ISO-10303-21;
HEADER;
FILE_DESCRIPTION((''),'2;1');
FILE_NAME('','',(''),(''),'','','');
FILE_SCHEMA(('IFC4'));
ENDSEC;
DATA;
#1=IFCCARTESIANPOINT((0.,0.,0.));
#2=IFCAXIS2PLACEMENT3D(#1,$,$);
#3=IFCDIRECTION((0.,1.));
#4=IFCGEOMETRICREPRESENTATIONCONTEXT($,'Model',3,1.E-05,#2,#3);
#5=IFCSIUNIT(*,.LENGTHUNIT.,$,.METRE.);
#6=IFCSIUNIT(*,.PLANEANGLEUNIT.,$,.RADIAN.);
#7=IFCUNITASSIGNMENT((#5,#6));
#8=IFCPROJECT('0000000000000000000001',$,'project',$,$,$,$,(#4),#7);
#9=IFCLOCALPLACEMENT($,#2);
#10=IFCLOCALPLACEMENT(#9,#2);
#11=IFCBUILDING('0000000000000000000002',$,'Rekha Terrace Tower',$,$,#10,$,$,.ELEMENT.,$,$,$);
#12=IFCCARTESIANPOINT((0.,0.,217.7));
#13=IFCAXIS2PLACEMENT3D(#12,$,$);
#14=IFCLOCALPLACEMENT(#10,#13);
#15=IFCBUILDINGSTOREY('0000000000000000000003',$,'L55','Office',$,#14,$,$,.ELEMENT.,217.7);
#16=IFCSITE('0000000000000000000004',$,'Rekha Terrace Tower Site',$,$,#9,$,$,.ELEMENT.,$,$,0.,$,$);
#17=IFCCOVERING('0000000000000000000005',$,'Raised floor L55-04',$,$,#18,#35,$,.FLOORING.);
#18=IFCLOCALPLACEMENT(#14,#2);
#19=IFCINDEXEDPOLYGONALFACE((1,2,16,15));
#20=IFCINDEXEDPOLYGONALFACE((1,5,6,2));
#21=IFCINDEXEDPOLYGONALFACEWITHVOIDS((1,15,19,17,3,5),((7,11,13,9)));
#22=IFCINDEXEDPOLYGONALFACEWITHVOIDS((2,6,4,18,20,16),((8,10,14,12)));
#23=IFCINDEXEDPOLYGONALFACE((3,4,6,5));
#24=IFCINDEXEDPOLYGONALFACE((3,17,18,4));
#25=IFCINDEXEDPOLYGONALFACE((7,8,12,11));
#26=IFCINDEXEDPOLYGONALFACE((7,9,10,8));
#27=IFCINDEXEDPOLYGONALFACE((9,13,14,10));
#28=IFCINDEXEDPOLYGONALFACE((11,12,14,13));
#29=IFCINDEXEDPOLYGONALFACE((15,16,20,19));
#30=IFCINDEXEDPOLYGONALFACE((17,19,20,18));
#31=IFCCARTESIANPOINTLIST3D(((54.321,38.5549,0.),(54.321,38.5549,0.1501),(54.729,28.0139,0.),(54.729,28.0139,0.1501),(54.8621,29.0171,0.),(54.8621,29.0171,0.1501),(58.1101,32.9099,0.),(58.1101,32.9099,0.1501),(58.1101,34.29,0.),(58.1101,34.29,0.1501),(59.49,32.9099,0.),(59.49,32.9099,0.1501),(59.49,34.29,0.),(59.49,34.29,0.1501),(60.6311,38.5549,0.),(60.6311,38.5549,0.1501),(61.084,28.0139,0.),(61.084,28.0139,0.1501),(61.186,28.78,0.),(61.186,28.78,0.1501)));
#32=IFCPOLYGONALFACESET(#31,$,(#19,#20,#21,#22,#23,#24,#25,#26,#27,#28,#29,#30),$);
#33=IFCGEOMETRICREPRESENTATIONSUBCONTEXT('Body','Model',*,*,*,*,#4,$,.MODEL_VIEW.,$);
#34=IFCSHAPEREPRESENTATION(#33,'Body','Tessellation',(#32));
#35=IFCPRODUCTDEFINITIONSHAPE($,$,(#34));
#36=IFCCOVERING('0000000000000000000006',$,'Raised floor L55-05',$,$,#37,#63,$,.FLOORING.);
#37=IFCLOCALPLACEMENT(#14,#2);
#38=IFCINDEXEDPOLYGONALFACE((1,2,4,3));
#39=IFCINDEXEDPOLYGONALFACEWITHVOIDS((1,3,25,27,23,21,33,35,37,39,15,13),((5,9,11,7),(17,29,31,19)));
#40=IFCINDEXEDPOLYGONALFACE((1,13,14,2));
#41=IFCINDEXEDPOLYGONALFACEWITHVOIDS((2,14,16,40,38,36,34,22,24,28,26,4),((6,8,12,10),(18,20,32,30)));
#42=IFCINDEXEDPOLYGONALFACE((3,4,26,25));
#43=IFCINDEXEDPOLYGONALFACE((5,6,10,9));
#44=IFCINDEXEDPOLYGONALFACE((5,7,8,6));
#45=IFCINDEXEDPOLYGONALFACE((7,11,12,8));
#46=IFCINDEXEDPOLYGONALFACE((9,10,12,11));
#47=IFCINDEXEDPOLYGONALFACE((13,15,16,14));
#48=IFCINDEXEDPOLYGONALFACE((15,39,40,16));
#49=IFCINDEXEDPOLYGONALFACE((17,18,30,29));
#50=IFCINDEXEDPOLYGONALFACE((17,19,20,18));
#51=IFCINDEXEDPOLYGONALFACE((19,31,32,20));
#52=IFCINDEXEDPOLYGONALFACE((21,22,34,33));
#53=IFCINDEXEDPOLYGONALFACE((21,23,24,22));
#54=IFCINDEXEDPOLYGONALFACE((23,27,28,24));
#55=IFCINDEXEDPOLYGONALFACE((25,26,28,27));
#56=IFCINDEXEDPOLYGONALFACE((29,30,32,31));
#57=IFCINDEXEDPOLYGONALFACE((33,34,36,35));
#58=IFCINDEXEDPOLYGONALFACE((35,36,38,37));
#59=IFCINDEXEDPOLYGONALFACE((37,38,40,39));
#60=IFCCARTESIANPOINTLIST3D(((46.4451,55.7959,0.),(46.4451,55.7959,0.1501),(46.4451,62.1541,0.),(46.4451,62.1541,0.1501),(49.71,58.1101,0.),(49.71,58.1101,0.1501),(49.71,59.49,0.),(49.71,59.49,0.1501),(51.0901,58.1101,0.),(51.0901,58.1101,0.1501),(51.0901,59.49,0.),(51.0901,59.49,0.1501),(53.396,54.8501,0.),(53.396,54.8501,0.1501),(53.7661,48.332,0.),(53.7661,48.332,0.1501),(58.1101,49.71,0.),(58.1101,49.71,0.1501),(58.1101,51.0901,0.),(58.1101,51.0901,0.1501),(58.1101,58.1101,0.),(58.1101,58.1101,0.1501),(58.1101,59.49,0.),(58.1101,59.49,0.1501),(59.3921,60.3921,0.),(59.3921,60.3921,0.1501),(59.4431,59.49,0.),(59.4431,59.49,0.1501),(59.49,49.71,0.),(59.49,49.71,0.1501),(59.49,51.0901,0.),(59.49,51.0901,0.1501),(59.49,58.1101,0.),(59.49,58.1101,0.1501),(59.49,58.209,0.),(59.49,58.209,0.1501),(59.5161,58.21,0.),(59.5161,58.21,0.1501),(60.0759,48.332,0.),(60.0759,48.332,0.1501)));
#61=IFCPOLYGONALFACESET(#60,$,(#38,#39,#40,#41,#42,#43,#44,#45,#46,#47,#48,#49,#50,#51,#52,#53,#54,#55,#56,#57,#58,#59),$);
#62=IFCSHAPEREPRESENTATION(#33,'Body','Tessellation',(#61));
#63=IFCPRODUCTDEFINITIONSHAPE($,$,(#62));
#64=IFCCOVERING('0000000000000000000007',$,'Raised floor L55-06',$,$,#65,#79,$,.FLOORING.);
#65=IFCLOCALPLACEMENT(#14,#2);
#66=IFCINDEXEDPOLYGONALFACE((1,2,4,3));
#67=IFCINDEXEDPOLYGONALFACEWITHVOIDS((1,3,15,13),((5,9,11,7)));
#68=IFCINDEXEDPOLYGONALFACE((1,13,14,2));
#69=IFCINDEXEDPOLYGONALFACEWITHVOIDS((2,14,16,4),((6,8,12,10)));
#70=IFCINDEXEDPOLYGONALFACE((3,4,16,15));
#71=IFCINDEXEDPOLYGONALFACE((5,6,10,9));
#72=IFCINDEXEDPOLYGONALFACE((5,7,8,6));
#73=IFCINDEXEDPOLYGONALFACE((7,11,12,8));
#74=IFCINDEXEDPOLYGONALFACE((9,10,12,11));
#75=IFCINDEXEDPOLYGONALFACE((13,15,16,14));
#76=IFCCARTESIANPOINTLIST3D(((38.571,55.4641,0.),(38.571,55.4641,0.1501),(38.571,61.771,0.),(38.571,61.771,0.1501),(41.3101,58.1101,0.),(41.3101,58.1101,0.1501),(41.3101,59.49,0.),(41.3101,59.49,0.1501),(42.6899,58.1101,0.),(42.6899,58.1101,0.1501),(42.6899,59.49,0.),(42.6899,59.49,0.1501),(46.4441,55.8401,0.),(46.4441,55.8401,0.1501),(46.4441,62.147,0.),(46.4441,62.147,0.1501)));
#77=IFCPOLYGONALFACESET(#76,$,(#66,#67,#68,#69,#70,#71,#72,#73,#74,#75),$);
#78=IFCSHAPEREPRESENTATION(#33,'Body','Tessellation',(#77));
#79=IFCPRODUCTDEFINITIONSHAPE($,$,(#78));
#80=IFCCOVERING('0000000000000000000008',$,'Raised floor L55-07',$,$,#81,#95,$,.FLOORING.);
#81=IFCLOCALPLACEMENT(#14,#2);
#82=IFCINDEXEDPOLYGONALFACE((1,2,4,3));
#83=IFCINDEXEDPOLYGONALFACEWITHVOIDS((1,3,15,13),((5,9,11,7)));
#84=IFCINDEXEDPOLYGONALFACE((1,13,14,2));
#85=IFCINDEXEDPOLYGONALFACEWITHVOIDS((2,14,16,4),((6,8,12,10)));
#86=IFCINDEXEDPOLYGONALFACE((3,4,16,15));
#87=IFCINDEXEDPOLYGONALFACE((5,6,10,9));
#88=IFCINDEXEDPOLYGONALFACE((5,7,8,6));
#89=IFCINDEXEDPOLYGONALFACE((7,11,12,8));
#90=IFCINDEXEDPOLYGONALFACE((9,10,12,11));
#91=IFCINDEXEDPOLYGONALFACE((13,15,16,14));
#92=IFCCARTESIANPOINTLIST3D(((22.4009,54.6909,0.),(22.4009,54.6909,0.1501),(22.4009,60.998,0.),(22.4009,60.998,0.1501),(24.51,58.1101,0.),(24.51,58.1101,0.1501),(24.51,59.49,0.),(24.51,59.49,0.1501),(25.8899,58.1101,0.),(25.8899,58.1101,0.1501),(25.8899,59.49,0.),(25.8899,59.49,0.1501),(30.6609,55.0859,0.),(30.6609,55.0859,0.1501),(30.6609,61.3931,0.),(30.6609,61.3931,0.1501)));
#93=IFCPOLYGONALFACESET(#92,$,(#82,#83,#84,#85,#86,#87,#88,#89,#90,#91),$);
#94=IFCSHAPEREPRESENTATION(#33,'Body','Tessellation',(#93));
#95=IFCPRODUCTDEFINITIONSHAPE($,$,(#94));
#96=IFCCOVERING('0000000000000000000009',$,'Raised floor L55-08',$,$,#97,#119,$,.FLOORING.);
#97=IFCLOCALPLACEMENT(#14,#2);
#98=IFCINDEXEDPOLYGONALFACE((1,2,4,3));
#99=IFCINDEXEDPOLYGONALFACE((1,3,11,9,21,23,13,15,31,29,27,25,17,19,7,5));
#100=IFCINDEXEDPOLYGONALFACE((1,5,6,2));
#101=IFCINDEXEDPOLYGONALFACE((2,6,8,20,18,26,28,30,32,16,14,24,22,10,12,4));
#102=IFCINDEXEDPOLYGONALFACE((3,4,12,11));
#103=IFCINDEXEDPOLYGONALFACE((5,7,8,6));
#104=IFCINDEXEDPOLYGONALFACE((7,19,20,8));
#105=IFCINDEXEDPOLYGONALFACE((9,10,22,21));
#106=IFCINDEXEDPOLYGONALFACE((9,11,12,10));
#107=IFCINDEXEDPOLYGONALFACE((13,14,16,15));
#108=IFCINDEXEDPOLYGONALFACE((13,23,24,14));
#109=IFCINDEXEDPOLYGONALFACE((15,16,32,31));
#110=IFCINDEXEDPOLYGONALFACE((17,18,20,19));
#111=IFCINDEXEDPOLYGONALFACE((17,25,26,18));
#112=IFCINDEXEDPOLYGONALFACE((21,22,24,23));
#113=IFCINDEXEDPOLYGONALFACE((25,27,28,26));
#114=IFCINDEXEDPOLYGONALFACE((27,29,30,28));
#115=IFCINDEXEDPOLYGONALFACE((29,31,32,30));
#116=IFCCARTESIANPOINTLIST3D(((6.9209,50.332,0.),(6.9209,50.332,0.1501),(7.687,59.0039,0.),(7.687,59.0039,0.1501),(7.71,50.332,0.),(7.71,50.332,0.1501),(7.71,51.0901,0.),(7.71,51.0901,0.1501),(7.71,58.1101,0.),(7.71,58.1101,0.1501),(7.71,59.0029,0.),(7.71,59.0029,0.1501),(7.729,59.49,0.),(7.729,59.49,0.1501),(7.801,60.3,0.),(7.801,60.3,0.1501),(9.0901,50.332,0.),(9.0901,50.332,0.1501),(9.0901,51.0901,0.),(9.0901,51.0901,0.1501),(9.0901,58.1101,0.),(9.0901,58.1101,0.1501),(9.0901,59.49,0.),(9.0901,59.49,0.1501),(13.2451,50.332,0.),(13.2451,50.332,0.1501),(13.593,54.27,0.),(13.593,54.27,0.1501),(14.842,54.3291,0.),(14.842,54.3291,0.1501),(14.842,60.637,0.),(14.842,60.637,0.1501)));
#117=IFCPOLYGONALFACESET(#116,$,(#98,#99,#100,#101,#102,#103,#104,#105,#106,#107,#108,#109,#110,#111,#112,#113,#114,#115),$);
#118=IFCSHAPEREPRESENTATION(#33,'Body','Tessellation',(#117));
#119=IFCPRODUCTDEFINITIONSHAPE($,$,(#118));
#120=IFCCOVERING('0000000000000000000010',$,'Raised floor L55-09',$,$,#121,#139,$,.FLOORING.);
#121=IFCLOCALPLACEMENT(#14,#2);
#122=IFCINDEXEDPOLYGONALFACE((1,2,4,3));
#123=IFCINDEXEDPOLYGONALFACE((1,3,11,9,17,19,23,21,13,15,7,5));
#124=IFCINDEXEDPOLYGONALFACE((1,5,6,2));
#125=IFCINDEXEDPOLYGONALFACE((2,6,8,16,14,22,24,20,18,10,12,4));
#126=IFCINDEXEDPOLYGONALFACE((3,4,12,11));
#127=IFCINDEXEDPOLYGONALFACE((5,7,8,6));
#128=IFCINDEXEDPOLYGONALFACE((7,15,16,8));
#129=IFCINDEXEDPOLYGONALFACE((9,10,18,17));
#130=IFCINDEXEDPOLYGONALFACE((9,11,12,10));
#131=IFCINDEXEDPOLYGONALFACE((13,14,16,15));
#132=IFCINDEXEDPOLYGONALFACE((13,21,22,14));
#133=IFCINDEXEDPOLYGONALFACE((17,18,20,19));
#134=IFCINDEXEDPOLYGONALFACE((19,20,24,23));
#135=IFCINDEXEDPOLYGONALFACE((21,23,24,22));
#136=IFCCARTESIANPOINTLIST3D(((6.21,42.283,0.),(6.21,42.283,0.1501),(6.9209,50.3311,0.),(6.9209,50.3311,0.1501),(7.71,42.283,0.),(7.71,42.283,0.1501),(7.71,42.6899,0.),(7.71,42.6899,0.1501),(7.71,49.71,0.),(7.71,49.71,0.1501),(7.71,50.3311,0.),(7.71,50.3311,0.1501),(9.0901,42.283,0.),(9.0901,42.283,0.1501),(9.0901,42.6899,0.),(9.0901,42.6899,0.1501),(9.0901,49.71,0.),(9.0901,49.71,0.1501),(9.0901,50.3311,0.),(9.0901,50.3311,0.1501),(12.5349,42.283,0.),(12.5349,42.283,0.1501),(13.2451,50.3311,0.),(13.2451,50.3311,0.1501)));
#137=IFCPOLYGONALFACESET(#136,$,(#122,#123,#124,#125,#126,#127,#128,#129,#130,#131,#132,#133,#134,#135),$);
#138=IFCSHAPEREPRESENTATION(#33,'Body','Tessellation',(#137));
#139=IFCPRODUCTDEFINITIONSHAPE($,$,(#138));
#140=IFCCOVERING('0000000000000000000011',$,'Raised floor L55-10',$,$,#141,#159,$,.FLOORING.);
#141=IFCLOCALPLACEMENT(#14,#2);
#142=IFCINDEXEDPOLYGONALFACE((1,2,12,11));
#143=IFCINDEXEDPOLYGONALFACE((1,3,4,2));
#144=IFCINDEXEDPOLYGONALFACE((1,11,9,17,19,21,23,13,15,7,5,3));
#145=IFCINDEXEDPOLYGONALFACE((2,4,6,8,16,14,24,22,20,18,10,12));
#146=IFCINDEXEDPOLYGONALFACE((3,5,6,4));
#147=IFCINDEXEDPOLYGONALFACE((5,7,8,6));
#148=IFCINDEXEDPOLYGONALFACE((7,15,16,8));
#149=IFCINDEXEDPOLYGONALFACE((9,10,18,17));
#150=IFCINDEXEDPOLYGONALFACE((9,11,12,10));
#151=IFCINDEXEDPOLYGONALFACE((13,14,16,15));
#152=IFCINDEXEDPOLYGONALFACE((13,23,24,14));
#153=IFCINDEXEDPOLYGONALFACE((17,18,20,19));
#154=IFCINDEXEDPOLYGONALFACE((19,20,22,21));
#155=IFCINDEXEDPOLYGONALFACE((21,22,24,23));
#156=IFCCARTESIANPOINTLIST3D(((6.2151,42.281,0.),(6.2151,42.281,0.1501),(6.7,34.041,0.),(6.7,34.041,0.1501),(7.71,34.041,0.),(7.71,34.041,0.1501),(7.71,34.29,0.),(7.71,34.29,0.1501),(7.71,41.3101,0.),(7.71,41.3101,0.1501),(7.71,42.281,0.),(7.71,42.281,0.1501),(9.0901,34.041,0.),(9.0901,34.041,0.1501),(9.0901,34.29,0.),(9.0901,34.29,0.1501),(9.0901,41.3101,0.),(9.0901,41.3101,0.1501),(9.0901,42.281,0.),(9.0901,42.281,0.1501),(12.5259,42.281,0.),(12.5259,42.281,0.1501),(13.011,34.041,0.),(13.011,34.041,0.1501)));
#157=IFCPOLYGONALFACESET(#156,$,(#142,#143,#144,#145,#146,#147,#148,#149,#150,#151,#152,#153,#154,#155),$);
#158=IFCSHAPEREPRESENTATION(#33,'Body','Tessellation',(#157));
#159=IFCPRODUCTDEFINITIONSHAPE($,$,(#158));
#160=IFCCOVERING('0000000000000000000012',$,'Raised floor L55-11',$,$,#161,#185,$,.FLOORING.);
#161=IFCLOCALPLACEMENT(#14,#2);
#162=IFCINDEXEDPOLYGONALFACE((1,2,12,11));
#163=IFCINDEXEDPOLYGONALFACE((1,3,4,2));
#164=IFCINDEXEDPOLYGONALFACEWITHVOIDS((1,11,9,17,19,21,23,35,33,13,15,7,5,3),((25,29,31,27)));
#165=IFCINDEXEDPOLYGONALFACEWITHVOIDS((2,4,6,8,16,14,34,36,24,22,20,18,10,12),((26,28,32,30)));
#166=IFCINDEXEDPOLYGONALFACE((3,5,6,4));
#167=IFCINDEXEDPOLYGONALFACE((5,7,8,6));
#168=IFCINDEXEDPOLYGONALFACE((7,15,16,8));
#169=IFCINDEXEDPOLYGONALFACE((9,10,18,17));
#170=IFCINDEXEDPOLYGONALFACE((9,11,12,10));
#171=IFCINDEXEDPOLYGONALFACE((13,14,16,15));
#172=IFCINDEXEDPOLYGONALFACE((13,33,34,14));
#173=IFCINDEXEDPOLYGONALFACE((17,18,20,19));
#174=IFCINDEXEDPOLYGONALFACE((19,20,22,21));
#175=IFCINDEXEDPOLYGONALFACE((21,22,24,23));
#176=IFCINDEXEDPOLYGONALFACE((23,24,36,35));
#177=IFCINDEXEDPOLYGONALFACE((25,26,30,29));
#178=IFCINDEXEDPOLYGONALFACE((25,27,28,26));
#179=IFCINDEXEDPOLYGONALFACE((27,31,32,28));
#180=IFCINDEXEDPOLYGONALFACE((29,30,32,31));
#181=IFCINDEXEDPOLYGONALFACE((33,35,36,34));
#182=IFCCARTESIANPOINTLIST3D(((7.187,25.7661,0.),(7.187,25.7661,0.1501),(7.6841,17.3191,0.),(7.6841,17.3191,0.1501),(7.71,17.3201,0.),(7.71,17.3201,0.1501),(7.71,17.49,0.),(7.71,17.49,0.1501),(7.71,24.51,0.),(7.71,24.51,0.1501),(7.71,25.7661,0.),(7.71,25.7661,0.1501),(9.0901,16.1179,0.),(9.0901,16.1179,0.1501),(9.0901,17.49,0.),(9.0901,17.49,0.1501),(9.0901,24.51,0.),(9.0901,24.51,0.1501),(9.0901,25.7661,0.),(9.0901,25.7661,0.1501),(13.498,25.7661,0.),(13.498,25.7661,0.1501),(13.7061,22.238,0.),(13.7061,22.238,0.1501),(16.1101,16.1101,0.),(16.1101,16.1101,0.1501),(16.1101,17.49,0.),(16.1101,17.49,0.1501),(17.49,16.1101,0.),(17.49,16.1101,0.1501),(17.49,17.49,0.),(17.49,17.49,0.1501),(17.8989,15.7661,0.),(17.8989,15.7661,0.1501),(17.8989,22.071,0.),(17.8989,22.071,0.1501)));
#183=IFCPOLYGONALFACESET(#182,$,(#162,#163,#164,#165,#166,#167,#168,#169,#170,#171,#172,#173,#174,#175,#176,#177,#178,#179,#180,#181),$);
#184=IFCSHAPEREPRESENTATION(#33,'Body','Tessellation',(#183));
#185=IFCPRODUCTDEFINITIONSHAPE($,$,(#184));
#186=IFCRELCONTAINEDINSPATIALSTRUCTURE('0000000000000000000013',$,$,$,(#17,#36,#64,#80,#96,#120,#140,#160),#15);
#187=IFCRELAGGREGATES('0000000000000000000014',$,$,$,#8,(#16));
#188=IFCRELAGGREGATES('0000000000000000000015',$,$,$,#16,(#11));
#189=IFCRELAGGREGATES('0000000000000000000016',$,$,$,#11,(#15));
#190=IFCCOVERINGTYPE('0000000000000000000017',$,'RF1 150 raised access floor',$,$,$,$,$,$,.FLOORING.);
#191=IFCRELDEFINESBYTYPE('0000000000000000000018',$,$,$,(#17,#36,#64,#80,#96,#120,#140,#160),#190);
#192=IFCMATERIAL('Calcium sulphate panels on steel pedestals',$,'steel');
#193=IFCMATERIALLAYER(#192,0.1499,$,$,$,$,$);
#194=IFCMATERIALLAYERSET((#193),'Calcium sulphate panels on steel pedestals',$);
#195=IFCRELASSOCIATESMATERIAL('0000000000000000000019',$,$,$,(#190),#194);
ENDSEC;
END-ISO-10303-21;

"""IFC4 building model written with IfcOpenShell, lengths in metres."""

from ifc_helpers import new_model, si_unit, direction, frame, origin, place, context, subcontext, project, spatial, polyline, outline, extrude, material, layer, layer_set, type_object, element, save


model = new_model("IFC4")

# Units and contexts
model_context = context("Model", 3, precision=1e-05, world=origin(), true_north=direction((0.0, 1.0)))
body_context = subcontext(model_context, "Body", "Model", "MODEL_VIEW")
ifc_project = project(units=[si_unit("LENGTHUNIT", "METRE"), si_unit("PLANEANGLEUNIT", "RADIAN")], contexts=[model_context])

# Site, building, storey
site_placement = place(None, origin())
site = spatial("IfcSite", under=ifc_project, at=site_placement, Name="Rekha Terrace Tower Site", CompositionType="ELEMENT", RefElevation=0.0)
building_placement = place(site_placement, origin())
building = spatial("IfcBuilding", under=site, at=building_placement, Name="Rekha Terrace Tower", CompositionType="ELEMENT")
storey_placement = place(building_placement, frame((0.0, 0.0, 217.7)))
storey = spatial("IfcBuildingStorey", under=building, at=storey_placement, Name="L55", Description="Office", CompositionType="ELEMENT", Elevation=217.7)

# Coverings
ifc_material_1 = material(Name="Calcium sulphate panels on steel pedestals", Category="steel")
ifc_layer_1 = layer(ifc_material_1, 0.1499)
ifc_layer_set_1 = layer_set([ifc_layer_1], Name="Calcium sulphate panels on steel pedestals")
covering_type_1 = type_object("IfcCoveringType", Name="RF1 150 raised access floor", PredefinedType="FLOORING", material=ifc_layer_set_1)
covering_1_placement = place(storey_placement, origin())
element("IfcCovering", 1, at=covering_1_placement, inside=storey, type_object=covering_type_1, Name="Raised floor L55-04", PredefinedType="FLOORING", context=body_context, shape_type="SweptSolid", body=[
    extrude(outline(polyline([(54.8621, 29.0171), (54.729, 28.0139), (61.084, 28.0139), (61.186, 28.78), (60.6311, 38.5549), (54.321, 38.5549), (54.8621, 29.0171)]), holes=[polyline([(59.49, 34.29), (59.49, 32.9099), (58.1101, 32.9099), (58.1101, 34.29), (59.49, 34.29)])]), origin(), (0.0, 0.0, 1.0), 0.1501),
])
covering_2_placement = place(storey_placement, origin())
element("IfcCovering", 2, at=covering_2_placement, inside=storey, type_object=covering_type_1, Name="Raised floor L55-05", PredefinedType="FLOORING", context=body_context, shape_type="SweptSolid", body=[
    extrude(outline(polyline([(58.1101, 59.49), (59.4431, 59.49), (59.3921, 60.3921), (46.4451, 62.1541), (46.4451, 55.7959), (53.396, 54.8501), (53.7661, 48.332), (60.0759, 48.332), (59.5161, 58.21), (59.49, 58.209), (59.49, 58.1101), (58.1101, 58.1101), (58.1101, 59.49)]), holes=[polyline([(59.49, 51.0901), (59.49, 49.71), (58.1101, 49.71), (58.1101, 51.0901), (59.49, 51.0901)]), polyline([(51.0901, 58.1101), (49.71, 58.1101), (49.71, 59.49), (51.0901, 59.49), (51.0901, 58.1101)])]), origin(), (0.0, 0.0, 1.0), 0.1501),
])
covering_3_placement = place(storey_placement, origin())
element("IfcCovering", 3, at=covering_3_placement, inside=storey, type_object=covering_type_1, Name="Raised floor L55-06", PredefinedType="FLOORING", context=body_context, shape_type="SweptSolid", body=[
    extrude(outline(polyline([(46.4441, 62.147), (38.571, 61.771), (38.571, 55.4641), (46.4441, 55.8401), (46.4441, 62.147)]), holes=[polyline([(42.6899, 59.49), (42.6899, 58.1101), (41.3101, 58.1101), (41.3101, 59.49), (42.6899, 59.49)])]), origin(), (0.0, 0.0, 1.0), 0.1501),
])
covering_4_placement = place(storey_placement, origin())
element("IfcCovering", 4, at=covering_4_placement, inside=storey, type_object=covering_type_1, Name="Raised floor L55-07", PredefinedType="FLOORING", context=body_context, shape_type="SweptSolid", body=[
    extrude(outline(polyline([(22.4009, 60.998), (22.4009, 54.6909), (30.6609, 55.0859), (30.6609, 61.3931), (22.4009, 60.998)]), holes=[polyline([(25.8899, 58.1101), (24.51, 58.1101), (24.51, 59.49), (25.8899, 59.49), (25.8899, 58.1101)])]), origin(), (0.0, 0.0, 1.0), 0.1501),
])
covering_5_placement = place(storey_placement, origin())
element("IfcCovering", 5, at=covering_5_placement, inside=storey, type_object=covering_type_1, Name="Raised floor L55-08", PredefinedType="FLOORING", context=body_context, shape_type="SweptSolid", body=[
    extrude(outline(polyline([(13.593, 54.27), (14.842, 54.3291), (14.842, 60.637), (7.801, 60.3), (7.729, 59.49), (9.0901, 59.49), (9.0901, 58.1101), (7.71, 58.1101), (7.71, 59.0029), (7.687, 59.0039), (6.9209, 50.332), (7.71, 50.332), (7.71, 51.0901), (9.0901, 51.0901), (9.0901, 50.332), (13.2451, 50.332), (13.593, 54.27)])), origin(), (0.0, 0.0, 1.0), 0.1501),
])
covering_6_placement = place(storey_placement, origin())
element("IfcCovering", 6, at=covering_6_placement, inside=storey, type_object=covering_type_1, Name="Raised floor L55-09", PredefinedType="FLOORING", context=body_context, shape_type="SweptSolid", body=[
    extrude(outline(polyline([(7.71, 49.71), (7.71, 50.3311), (6.9209, 50.3311), (6.21, 42.283), (7.71, 42.283), (7.71, 42.6899), (9.0901, 42.6899), (9.0901, 42.283), (12.5349, 42.283), (13.2451, 50.3311), (9.0901, 50.3311), (9.0901, 49.71), (7.71, 49.71)])), origin(), (0.0, 0.0, 1.0), 0.1501),
])
covering_7_placement = place(storey_placement, origin())
element("IfcCovering", 7, at=covering_7_placement, inside=storey, type_object=covering_type_1, Name="Raised floor L55-10", PredefinedType="FLOORING", context=body_context, shape_type="SweptSolid", body=[
    extrude(outline(polyline([(9.0901, 34.041), (13.011, 34.041), (12.5259, 42.281), (9.0901, 42.281), (9.0901, 41.3101), (7.71, 41.3101), (7.71, 42.281), (6.2151, 42.281), (6.7, 34.041), (7.71, 34.041), (7.71, 34.29), (9.0901, 34.29), (9.0901, 34.041)])), origin(), (0.0, 0.0, 1.0), 0.1501),
])
covering_8_placement = place(storey_placement, origin())
element("IfcCovering", 8, at=covering_8_placement, inside=storey, type_object=covering_type_1, Name="Raised floor L55-11", PredefinedType="FLOORING", context=body_context, shape_type="SweptSolid", body=[
    extrude(outline(polyline([(7.71, 24.51), (7.71, 25.7661), (7.187, 25.7661), (7.6841, 17.3191), (7.71, 17.3201), (7.71, 17.49), (9.0901, 17.49), (9.0901, 16.1179), (17.8989, 15.7661), (17.8989, 22.071), (13.7061, 22.238), (13.498, 25.7661), (9.0901, 25.7661), (9.0901, 24.51), (7.71, 24.51)]), holes=[polyline([(17.49, 17.49), (17.49, 16.1101), (16.1101, 16.1101), (16.1101, 17.49), (17.49, 17.49)])]), origin(), (0.0, 0.0, 1.0), 0.1501),
])

save(model, "model.ifc")
